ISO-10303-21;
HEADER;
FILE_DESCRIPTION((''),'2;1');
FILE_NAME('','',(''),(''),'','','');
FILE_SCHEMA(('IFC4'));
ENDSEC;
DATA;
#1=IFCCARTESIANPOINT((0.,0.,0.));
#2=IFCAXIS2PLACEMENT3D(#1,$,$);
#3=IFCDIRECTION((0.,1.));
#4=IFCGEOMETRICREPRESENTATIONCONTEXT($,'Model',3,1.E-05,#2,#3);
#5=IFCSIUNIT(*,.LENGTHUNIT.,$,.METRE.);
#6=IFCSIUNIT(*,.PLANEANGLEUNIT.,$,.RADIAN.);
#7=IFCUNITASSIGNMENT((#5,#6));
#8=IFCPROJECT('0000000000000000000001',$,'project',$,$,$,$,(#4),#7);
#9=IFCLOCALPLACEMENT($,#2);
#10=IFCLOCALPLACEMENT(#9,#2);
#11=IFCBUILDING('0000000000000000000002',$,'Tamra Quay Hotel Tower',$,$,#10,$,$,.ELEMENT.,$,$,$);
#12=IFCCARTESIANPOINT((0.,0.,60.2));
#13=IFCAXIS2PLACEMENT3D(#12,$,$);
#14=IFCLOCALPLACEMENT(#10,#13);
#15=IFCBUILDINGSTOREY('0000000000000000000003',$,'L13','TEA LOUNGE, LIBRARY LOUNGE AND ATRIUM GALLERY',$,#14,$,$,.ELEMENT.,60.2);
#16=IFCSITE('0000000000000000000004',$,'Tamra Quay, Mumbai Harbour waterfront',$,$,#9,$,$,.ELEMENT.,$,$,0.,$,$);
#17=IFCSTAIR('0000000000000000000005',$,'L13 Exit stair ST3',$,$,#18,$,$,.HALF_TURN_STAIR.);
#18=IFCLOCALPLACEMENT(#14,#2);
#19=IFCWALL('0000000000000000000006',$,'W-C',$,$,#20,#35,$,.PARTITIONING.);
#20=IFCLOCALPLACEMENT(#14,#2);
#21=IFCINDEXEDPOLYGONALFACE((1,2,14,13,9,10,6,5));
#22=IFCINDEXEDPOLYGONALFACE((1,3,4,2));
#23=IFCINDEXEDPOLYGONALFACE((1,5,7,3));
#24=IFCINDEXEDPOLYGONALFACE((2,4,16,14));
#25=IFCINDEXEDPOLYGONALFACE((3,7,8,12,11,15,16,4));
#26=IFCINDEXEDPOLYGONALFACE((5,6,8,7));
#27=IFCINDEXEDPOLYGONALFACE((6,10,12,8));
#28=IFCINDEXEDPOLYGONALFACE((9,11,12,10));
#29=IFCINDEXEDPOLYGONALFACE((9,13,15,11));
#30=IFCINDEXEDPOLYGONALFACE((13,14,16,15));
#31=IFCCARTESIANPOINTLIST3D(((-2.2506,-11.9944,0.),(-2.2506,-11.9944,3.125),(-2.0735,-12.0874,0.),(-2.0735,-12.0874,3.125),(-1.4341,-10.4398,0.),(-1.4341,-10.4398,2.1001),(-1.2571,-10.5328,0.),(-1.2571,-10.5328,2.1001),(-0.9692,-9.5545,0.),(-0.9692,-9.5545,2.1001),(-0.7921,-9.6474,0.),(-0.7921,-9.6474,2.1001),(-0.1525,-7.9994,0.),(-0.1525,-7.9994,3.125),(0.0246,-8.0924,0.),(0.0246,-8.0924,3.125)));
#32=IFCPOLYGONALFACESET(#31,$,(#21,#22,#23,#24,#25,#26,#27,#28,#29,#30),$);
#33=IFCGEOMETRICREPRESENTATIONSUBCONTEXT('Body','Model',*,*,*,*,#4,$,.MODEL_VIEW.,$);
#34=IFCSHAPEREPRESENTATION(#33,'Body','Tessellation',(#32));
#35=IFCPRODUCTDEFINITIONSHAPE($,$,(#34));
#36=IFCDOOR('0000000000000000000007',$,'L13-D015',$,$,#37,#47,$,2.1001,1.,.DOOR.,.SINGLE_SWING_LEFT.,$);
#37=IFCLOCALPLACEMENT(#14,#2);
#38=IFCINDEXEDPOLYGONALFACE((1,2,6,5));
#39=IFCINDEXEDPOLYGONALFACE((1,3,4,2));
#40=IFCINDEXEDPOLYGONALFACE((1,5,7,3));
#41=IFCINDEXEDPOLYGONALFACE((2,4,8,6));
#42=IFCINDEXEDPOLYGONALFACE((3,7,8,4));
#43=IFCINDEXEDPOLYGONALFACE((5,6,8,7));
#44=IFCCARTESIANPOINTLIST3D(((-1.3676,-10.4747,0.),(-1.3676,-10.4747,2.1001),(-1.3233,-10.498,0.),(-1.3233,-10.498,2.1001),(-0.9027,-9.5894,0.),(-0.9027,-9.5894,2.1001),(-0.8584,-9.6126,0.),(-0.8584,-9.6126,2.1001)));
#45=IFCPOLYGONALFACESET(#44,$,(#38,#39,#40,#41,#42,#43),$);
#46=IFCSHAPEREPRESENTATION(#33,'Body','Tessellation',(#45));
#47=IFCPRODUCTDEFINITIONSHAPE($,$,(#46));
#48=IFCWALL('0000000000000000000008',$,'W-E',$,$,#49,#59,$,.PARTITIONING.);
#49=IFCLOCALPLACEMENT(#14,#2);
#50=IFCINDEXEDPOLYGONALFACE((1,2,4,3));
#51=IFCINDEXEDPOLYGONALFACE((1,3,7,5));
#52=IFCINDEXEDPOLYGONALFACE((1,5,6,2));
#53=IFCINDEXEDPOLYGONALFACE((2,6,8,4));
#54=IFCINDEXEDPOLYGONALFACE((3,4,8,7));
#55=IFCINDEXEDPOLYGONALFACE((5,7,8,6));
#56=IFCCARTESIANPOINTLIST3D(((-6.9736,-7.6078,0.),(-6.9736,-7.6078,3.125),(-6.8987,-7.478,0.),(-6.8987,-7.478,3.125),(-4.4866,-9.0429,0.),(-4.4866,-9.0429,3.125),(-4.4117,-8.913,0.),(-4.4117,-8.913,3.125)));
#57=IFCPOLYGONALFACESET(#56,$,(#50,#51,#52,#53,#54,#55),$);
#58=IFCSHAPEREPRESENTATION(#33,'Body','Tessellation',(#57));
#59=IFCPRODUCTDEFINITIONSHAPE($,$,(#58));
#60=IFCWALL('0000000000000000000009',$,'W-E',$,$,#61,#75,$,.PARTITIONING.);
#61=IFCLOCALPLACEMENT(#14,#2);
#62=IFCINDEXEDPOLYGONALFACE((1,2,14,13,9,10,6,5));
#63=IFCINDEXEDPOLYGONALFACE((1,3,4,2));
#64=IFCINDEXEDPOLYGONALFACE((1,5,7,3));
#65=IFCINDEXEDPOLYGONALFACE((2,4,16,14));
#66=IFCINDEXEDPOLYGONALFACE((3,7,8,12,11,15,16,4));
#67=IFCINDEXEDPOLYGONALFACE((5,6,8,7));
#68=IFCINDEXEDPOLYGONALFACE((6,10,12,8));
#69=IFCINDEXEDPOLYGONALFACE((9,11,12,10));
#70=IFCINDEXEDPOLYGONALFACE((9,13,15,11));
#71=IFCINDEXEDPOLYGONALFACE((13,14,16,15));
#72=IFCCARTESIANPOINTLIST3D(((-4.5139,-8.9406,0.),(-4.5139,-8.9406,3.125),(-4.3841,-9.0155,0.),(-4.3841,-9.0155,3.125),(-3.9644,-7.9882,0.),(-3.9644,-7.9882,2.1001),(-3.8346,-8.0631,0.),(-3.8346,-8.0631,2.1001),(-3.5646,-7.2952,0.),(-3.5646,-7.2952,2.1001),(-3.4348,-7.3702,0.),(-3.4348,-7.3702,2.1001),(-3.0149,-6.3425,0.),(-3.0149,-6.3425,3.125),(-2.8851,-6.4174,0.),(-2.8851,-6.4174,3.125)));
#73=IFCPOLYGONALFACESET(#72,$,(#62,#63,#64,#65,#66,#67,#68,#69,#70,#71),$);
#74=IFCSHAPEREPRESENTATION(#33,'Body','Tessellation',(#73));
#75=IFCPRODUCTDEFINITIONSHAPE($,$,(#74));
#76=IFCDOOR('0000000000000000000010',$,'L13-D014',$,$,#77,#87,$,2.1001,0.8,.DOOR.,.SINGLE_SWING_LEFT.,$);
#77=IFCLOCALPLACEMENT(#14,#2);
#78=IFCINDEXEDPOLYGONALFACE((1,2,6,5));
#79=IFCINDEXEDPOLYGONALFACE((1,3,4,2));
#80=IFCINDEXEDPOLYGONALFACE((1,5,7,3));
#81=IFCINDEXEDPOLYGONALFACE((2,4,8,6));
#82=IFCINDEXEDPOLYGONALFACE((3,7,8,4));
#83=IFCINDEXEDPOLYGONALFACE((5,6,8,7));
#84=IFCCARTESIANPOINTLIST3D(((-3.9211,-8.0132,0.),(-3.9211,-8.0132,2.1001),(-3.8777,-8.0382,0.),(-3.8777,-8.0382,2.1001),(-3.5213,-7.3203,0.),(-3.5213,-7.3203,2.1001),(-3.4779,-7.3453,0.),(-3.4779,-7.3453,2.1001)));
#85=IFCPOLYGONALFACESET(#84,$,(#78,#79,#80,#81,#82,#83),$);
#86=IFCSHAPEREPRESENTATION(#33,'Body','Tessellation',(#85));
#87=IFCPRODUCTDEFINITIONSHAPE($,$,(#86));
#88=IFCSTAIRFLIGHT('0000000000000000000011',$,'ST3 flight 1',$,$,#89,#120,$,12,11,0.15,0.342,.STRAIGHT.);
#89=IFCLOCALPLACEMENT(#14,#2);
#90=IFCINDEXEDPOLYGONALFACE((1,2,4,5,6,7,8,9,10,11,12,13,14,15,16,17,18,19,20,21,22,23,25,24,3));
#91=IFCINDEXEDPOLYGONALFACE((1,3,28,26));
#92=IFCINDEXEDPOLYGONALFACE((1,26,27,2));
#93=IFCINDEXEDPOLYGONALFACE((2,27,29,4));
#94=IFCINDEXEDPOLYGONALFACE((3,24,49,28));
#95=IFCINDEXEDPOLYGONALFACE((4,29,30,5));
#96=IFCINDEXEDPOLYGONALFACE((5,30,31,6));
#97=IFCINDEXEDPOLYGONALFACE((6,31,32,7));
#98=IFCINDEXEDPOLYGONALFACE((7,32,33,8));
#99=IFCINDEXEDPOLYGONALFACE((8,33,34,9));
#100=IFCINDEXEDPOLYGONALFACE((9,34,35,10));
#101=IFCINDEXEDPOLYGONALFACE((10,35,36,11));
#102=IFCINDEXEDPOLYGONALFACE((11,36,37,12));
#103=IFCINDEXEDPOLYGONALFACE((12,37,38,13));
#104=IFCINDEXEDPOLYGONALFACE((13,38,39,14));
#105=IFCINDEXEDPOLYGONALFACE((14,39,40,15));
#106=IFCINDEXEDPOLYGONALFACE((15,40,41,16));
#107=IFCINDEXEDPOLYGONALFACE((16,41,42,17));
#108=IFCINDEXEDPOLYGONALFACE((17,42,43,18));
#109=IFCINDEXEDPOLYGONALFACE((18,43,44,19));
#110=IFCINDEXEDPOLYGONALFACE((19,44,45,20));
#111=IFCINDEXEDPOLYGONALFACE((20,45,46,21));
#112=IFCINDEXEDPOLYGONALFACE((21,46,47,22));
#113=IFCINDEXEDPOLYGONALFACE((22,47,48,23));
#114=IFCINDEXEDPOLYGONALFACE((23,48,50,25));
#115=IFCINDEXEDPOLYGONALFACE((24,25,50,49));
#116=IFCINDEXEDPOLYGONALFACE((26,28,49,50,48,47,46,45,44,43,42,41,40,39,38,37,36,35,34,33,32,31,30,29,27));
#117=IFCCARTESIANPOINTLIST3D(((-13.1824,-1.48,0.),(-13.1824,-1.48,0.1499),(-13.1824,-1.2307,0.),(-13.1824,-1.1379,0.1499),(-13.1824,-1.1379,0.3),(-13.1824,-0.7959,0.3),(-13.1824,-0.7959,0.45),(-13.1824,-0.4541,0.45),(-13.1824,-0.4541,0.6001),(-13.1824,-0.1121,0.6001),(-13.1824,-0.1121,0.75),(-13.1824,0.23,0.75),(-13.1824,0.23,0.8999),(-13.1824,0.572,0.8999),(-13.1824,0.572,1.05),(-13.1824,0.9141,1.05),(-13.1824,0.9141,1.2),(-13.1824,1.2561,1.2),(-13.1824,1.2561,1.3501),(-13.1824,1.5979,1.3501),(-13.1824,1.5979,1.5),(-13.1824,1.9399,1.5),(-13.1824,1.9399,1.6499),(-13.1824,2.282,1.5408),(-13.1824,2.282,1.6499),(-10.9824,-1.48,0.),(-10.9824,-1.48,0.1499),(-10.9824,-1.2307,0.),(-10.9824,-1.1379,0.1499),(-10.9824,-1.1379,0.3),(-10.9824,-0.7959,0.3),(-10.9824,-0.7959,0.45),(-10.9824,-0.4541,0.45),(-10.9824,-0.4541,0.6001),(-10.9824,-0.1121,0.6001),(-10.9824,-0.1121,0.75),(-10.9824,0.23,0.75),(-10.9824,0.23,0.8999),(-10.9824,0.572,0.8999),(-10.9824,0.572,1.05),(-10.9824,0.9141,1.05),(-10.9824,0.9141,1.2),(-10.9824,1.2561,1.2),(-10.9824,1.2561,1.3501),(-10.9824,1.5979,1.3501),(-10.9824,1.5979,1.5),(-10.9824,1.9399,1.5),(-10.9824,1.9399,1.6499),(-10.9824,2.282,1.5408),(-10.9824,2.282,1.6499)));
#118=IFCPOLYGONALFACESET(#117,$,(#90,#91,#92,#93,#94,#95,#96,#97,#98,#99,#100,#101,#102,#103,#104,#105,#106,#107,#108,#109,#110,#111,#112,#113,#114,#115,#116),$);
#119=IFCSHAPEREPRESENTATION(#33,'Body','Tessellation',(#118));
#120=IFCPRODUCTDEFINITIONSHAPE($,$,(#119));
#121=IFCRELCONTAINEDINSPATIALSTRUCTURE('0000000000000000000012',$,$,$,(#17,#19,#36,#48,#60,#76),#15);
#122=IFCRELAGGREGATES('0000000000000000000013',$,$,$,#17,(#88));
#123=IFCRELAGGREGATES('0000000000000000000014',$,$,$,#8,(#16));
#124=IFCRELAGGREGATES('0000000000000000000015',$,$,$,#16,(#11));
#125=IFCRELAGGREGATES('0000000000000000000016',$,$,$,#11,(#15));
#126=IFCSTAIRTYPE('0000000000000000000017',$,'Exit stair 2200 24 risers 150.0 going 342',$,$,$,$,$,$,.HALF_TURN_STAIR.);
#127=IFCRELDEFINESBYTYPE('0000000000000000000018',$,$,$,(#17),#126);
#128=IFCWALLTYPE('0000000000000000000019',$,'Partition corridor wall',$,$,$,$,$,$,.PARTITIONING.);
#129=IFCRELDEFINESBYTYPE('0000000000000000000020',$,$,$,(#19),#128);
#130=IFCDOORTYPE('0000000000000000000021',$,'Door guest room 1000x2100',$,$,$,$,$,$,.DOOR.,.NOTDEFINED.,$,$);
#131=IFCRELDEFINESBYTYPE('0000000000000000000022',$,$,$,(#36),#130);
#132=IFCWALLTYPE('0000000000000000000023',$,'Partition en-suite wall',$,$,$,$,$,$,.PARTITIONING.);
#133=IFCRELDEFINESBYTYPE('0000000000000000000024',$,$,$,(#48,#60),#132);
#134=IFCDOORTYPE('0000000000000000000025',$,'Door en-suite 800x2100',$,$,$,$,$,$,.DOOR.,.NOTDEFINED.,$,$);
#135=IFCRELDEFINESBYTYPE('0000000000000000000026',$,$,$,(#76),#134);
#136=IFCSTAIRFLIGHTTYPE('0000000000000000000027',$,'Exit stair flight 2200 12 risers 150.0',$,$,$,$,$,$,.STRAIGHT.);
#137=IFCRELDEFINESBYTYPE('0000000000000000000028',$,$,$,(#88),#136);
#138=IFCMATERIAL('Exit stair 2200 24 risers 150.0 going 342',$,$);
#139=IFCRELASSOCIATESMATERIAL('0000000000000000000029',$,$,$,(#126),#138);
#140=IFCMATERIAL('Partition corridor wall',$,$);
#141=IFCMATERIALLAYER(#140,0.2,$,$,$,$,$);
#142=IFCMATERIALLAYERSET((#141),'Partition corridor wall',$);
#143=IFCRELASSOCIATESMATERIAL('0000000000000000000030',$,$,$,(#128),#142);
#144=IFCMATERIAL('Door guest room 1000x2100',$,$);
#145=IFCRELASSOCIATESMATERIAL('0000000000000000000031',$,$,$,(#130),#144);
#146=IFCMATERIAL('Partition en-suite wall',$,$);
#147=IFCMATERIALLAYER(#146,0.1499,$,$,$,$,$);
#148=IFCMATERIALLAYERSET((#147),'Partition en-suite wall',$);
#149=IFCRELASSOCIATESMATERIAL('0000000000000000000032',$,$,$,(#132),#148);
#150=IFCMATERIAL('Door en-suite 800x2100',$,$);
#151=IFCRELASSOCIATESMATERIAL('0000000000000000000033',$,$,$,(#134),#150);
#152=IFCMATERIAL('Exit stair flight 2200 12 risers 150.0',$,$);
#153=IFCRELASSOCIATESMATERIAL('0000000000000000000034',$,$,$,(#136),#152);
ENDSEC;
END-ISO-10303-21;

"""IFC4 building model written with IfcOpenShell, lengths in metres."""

from ifc_helpers import new_model, si_unit, direction, frame, frame_2d, origin, place, context, subcontext, project, spatial, polyline, rectangle, outline, extrude, material, layer, layer_set, type_object, element, fill, aggregate, save


model = new_model("IFC4")

# Units and contexts
model_context = context("Model", 3, precision=1e-05, world=origin(), true_north=direction((0.0, 1.0)))
body_context = subcontext(model_context, "Body", "Model", "MODEL_VIEW")
ifc_project = project(units=[si_unit("LENGTHUNIT", "METRE"), si_unit("PLANEANGLEUNIT", "RADIAN")], contexts=[model_context])

# Site, building, storey
site_placement = place(None, origin())
site = spatial("IfcSite", under=ifc_project, at=site_placement, Name="Tamra Quay, Mumbai Harbour waterfront", CompositionType="ELEMENT", RefElevation=0.0)
building_placement = place(site_placement, origin())
building = spatial("IfcBuilding", under=site, at=building_placement, Name="Tamra Quay Hotel Tower", CompositionType="ELEMENT")
storey_placement = place(building_placement, frame((0.0, 0.0, 60.2)))
storey = spatial("IfcBuildingStorey", under=building, at=storey_placement, Name="L13", Description="TEA LOUNGE, LIBRARY LOUNGE AND ATRIUM GALLERY", CompositionType="ELEMENT", Elevation=60.2)

# Stair
ifc_material_1 = material(Name="Exit stair 2200 24 risers 150.0 going 342")
stair_type = type_object("IfcStairType", Name="Exit stair 2200 24 risers 150.0 going 342", PredefinedType="HALF_TURN_STAIR", material=ifc_material_1)
stair_1_placement = place(storey_placement, origin())
stair_1 = element("IfcStair", 1, at=stair_1_placement, inside=storey, type_object=stair_type, Name="L13 Exit stair ST3", PredefinedType="HALF_TURN_STAIR")

# Shared definitions
ifc_material_2 = material(Name="Partition corridor wall")
ifc_layer_1 = layer(ifc_material_2, 0.2)
ifc_layer_set_1 = layer_set([ifc_layer_1], Name="Partition corridor wall")
wall_type_1 = type_object("IfcWallType", Name="Partition corridor wall", PredefinedType="PARTITIONING", material=ifc_layer_set_1)

# Shared definitions
ifc_material_3 = material(Name="Door guest room 1000x2100")
door_type_1 = type_object("IfcDoorType", Name="Door guest room 1000x2100", OperationType="NOTDEFINED", PredefinedType="DOOR", material=ifc_material_3)

# Wall, opening, door
wall_1_placement = place(storey_placement, frame((-2.1621, -12.041, 0.0), z_axis=(0.0, 0.0, 1.0), x_axis=(0.464957, 0.885333, 0.0)))
wall_1 = element("IfcWall", 2, at=wall_1_placement, inside=storey, type_object=wall_type_1, Name="W-C", PredefinedType="PARTITIONING", context=body_context, shape_type="SweptSolid", body=[
    extrude(rectangle(XDim=4.5125, YDim=0.2, at=frame_2d((2.2563, 0.0))), origin(), (0.0, 0.0, 1.0), 3.125),
])
opening_1_placement = place(wall_1_placement, frame((1.7561, 0.0, 0.0)))
opening_1 = element("IfcOpeningElement", 3, at=opening_1_placement, cuts=wall_1, PredefinedType="OPENING", context=body_context, shape_type="SweptSolid", body=[
    extrude(rectangle(XDim=1.0, YDim=2.1001, at=frame_2d((0.5, 1.05))), frame((0.0, 0.1099, 0.0), z_axis=(0.0, -1.0, 0.0), x_axis=(1.0, 0.0, 0.0)), (0.0, 0.0, 1.0), 0.22),
])
door_1_placement = place(opening_1_placement, origin())
door_1 = element("IfcDoor", 4, at=door_1_placement, inside=storey, type_object=door_type_1, Name="L13-D015", OperationType="SINGLE_SWING_LEFT", OverallHeight=2.1001, OverallWidth=1.0, PredefinedType="DOOR", context=body_context, shape_type="SweptSolid", body=[
    extrude(rectangle(XDim=1.0, YDim=2.1001, at=frame_2d((0.5, 1.05))), frame((0.0, 0.0249, 0.0), z_axis=(0.0, -1.0, 0.0), x_axis=(1.0, 0.0, 0.0)), (0.0, 0.0, 1.0), 0.05),
])
fill(opening_1, door_1)

# Wall
ifc_material_4 = material(Name="Partition en-suite wall")
ifc_layer_2 = layer(ifc_material_4, 0.1499)
ifc_layer_set_2 = layer_set([ifc_layer_2], Name="Partition en-suite wall")
wall_type_2 = type_object("IfcWallType", Name="Partition en-suite wall", PredefinedType="PARTITIONING", material=ifc_layer_set_2)
wall_2_placement = place(storey_placement, frame((-6.936, -7.543, 0.0), z_axis=(0.0, 0.0, 1.0), x_axis=(0.866153, -0.499779, 0.0)))
element("IfcWall", 5, at=wall_2_placement, inside=storey, type_object=wall_type_2, Name="W-E", PredefinedType="PARTITIONING", context=body_context, shape_type="SweptSolid", body=[
    extrude(rectangle(XDim=2.8713, YDim=0.1499, at=frame_2d((1.4355, 0.0))), origin(), (0.0, 0.0, 1.0), 3.125),
])

# Wall, opening, door
wall_3_placement = place(storey_placement, frame((-4.449, -8.978, 0.0), z_axis=(0.0, 0.0, 1.0), x_axis=(0.499746, 0.866172, 0.0)))
wall_3 = element("IfcWall", 6, at=wall_3_placement, inside=storey, type_object=wall_type_2, Name="W-E", PredefinedType="PARTITIONING", context=body_context, shape_type="SweptSolid", body=[
    extrude(rectangle(XDim=2.9995, YDim=0.1499, at=frame_2d((1.4998, 0.0))), origin(), (0.0, 0.0, 1.0), 3.125),
])
opening_2_placement = place(wall_3_placement, frame((1.0996, 0.0, 0.0)))
opening_2 = element("IfcOpeningElement", 7, at=opening_2_placement, cuts=wall_3, PredefinedType="OPENING", context=body_context, shape_type="SweptSolid", body=[
    extrude(rectangle(XDim=0.8, YDim=2.1001, at=frame_2d((0.3999, 1.05))), frame((0.0, 0.085, 0.0), z_axis=(0.0, -1.0, 0.0), x_axis=(1.0, 0.0, 0.0)), (0.0, 0.0, 1.0), 0.1699),
])
ifc_material_5 = material(Name="Door en-suite 800x2100")
door_type_2 = type_object("IfcDoorType", Name="Door en-suite 800x2100", OperationType="NOTDEFINED", PredefinedType="DOOR", material=ifc_material_5)
door_2_placement = place(opening_2_placement, origin())
door_2 = element("IfcDoor", 8, at=door_2_placement, inside=storey, type_object=door_type_2, Name="L13-D014", OperationType="SINGLE_SWING_LEFT", OverallHeight=2.1001, OverallWidth=0.8, PredefinedType="DOOR", context=body_context, shape_type="SweptSolid", body=[
    extrude(rectangle(XDim=0.8, YDim=2.1001, at=frame_2d((0.3999, 1.05))), frame((0.0, 0.0249, 0.0), z_axis=(0.0, -1.0, 0.0), x_axis=(1.0, 0.0, 0.0)), (0.0, 0.0, 1.0), 0.05),
])
fill(opening_2, door_2)

# Stair flight
ifc_material_6 = material(Name="Exit stair flight 2200 12 risers 150.0")
stair_flight_type = type_object("IfcStairFlightType", Name="Exit stair flight 2200 12 risers 150.0", PredefinedType="STRAIGHT", material=ifc_material_6)
stair_flight_placement = place(storey_placement, frame((-12.0823, -1.48, 0.0), z_axis=(0.0, 0.0, 1.0), x_axis=(0.0, 1.0, 0.0)))
stair_flight = element("IfcStairFlight", 9, at=stair_flight_placement, type_object=stair_flight_type, Name="ST3 flight 1", NumberOfRisers=12, NumberOfTreads=11, PredefinedType="STRAIGHT", RiserHeight=0.15, TreadLength=0.342, context=body_context, shape_type="SweptSolid", body=[
    extrude(outline(polyline([(0.0, 0.0), (0.0, 0.1499), (0.342, 0.1499), (0.342, 0.3), (0.6841, 0.3), (0.6841, 0.45), (1.0259, 0.45), (1.0259, 0.6001), (1.3679, 0.6001), (1.3679, 0.75), (1.71, 0.75), (1.71, 0.8999), (2.052, 0.8999), (2.052, 1.05), (2.394, 1.05), (2.394, 1.2), (2.7361, 1.2), (2.7361, 1.3501), (3.0779, 1.3501), (3.0779, 1.5), (3.4199, 1.5), (3.4199, 1.6499), (3.762, 1.6499), (3.762, 1.8), (3.762, 1.5408), (0.2493, 0.0), (0.0, 0.0)])), frame((0.0, 1.1001, 0.0), z_axis=(0.0, -1.0, 0.0), x_axis=(1.0, 0.0, 0.0)), (0.0, 0.0, 1.0), 2.2),
])
aggregate(stair_1, [stair_flight])

save(model, "model.ifc")
